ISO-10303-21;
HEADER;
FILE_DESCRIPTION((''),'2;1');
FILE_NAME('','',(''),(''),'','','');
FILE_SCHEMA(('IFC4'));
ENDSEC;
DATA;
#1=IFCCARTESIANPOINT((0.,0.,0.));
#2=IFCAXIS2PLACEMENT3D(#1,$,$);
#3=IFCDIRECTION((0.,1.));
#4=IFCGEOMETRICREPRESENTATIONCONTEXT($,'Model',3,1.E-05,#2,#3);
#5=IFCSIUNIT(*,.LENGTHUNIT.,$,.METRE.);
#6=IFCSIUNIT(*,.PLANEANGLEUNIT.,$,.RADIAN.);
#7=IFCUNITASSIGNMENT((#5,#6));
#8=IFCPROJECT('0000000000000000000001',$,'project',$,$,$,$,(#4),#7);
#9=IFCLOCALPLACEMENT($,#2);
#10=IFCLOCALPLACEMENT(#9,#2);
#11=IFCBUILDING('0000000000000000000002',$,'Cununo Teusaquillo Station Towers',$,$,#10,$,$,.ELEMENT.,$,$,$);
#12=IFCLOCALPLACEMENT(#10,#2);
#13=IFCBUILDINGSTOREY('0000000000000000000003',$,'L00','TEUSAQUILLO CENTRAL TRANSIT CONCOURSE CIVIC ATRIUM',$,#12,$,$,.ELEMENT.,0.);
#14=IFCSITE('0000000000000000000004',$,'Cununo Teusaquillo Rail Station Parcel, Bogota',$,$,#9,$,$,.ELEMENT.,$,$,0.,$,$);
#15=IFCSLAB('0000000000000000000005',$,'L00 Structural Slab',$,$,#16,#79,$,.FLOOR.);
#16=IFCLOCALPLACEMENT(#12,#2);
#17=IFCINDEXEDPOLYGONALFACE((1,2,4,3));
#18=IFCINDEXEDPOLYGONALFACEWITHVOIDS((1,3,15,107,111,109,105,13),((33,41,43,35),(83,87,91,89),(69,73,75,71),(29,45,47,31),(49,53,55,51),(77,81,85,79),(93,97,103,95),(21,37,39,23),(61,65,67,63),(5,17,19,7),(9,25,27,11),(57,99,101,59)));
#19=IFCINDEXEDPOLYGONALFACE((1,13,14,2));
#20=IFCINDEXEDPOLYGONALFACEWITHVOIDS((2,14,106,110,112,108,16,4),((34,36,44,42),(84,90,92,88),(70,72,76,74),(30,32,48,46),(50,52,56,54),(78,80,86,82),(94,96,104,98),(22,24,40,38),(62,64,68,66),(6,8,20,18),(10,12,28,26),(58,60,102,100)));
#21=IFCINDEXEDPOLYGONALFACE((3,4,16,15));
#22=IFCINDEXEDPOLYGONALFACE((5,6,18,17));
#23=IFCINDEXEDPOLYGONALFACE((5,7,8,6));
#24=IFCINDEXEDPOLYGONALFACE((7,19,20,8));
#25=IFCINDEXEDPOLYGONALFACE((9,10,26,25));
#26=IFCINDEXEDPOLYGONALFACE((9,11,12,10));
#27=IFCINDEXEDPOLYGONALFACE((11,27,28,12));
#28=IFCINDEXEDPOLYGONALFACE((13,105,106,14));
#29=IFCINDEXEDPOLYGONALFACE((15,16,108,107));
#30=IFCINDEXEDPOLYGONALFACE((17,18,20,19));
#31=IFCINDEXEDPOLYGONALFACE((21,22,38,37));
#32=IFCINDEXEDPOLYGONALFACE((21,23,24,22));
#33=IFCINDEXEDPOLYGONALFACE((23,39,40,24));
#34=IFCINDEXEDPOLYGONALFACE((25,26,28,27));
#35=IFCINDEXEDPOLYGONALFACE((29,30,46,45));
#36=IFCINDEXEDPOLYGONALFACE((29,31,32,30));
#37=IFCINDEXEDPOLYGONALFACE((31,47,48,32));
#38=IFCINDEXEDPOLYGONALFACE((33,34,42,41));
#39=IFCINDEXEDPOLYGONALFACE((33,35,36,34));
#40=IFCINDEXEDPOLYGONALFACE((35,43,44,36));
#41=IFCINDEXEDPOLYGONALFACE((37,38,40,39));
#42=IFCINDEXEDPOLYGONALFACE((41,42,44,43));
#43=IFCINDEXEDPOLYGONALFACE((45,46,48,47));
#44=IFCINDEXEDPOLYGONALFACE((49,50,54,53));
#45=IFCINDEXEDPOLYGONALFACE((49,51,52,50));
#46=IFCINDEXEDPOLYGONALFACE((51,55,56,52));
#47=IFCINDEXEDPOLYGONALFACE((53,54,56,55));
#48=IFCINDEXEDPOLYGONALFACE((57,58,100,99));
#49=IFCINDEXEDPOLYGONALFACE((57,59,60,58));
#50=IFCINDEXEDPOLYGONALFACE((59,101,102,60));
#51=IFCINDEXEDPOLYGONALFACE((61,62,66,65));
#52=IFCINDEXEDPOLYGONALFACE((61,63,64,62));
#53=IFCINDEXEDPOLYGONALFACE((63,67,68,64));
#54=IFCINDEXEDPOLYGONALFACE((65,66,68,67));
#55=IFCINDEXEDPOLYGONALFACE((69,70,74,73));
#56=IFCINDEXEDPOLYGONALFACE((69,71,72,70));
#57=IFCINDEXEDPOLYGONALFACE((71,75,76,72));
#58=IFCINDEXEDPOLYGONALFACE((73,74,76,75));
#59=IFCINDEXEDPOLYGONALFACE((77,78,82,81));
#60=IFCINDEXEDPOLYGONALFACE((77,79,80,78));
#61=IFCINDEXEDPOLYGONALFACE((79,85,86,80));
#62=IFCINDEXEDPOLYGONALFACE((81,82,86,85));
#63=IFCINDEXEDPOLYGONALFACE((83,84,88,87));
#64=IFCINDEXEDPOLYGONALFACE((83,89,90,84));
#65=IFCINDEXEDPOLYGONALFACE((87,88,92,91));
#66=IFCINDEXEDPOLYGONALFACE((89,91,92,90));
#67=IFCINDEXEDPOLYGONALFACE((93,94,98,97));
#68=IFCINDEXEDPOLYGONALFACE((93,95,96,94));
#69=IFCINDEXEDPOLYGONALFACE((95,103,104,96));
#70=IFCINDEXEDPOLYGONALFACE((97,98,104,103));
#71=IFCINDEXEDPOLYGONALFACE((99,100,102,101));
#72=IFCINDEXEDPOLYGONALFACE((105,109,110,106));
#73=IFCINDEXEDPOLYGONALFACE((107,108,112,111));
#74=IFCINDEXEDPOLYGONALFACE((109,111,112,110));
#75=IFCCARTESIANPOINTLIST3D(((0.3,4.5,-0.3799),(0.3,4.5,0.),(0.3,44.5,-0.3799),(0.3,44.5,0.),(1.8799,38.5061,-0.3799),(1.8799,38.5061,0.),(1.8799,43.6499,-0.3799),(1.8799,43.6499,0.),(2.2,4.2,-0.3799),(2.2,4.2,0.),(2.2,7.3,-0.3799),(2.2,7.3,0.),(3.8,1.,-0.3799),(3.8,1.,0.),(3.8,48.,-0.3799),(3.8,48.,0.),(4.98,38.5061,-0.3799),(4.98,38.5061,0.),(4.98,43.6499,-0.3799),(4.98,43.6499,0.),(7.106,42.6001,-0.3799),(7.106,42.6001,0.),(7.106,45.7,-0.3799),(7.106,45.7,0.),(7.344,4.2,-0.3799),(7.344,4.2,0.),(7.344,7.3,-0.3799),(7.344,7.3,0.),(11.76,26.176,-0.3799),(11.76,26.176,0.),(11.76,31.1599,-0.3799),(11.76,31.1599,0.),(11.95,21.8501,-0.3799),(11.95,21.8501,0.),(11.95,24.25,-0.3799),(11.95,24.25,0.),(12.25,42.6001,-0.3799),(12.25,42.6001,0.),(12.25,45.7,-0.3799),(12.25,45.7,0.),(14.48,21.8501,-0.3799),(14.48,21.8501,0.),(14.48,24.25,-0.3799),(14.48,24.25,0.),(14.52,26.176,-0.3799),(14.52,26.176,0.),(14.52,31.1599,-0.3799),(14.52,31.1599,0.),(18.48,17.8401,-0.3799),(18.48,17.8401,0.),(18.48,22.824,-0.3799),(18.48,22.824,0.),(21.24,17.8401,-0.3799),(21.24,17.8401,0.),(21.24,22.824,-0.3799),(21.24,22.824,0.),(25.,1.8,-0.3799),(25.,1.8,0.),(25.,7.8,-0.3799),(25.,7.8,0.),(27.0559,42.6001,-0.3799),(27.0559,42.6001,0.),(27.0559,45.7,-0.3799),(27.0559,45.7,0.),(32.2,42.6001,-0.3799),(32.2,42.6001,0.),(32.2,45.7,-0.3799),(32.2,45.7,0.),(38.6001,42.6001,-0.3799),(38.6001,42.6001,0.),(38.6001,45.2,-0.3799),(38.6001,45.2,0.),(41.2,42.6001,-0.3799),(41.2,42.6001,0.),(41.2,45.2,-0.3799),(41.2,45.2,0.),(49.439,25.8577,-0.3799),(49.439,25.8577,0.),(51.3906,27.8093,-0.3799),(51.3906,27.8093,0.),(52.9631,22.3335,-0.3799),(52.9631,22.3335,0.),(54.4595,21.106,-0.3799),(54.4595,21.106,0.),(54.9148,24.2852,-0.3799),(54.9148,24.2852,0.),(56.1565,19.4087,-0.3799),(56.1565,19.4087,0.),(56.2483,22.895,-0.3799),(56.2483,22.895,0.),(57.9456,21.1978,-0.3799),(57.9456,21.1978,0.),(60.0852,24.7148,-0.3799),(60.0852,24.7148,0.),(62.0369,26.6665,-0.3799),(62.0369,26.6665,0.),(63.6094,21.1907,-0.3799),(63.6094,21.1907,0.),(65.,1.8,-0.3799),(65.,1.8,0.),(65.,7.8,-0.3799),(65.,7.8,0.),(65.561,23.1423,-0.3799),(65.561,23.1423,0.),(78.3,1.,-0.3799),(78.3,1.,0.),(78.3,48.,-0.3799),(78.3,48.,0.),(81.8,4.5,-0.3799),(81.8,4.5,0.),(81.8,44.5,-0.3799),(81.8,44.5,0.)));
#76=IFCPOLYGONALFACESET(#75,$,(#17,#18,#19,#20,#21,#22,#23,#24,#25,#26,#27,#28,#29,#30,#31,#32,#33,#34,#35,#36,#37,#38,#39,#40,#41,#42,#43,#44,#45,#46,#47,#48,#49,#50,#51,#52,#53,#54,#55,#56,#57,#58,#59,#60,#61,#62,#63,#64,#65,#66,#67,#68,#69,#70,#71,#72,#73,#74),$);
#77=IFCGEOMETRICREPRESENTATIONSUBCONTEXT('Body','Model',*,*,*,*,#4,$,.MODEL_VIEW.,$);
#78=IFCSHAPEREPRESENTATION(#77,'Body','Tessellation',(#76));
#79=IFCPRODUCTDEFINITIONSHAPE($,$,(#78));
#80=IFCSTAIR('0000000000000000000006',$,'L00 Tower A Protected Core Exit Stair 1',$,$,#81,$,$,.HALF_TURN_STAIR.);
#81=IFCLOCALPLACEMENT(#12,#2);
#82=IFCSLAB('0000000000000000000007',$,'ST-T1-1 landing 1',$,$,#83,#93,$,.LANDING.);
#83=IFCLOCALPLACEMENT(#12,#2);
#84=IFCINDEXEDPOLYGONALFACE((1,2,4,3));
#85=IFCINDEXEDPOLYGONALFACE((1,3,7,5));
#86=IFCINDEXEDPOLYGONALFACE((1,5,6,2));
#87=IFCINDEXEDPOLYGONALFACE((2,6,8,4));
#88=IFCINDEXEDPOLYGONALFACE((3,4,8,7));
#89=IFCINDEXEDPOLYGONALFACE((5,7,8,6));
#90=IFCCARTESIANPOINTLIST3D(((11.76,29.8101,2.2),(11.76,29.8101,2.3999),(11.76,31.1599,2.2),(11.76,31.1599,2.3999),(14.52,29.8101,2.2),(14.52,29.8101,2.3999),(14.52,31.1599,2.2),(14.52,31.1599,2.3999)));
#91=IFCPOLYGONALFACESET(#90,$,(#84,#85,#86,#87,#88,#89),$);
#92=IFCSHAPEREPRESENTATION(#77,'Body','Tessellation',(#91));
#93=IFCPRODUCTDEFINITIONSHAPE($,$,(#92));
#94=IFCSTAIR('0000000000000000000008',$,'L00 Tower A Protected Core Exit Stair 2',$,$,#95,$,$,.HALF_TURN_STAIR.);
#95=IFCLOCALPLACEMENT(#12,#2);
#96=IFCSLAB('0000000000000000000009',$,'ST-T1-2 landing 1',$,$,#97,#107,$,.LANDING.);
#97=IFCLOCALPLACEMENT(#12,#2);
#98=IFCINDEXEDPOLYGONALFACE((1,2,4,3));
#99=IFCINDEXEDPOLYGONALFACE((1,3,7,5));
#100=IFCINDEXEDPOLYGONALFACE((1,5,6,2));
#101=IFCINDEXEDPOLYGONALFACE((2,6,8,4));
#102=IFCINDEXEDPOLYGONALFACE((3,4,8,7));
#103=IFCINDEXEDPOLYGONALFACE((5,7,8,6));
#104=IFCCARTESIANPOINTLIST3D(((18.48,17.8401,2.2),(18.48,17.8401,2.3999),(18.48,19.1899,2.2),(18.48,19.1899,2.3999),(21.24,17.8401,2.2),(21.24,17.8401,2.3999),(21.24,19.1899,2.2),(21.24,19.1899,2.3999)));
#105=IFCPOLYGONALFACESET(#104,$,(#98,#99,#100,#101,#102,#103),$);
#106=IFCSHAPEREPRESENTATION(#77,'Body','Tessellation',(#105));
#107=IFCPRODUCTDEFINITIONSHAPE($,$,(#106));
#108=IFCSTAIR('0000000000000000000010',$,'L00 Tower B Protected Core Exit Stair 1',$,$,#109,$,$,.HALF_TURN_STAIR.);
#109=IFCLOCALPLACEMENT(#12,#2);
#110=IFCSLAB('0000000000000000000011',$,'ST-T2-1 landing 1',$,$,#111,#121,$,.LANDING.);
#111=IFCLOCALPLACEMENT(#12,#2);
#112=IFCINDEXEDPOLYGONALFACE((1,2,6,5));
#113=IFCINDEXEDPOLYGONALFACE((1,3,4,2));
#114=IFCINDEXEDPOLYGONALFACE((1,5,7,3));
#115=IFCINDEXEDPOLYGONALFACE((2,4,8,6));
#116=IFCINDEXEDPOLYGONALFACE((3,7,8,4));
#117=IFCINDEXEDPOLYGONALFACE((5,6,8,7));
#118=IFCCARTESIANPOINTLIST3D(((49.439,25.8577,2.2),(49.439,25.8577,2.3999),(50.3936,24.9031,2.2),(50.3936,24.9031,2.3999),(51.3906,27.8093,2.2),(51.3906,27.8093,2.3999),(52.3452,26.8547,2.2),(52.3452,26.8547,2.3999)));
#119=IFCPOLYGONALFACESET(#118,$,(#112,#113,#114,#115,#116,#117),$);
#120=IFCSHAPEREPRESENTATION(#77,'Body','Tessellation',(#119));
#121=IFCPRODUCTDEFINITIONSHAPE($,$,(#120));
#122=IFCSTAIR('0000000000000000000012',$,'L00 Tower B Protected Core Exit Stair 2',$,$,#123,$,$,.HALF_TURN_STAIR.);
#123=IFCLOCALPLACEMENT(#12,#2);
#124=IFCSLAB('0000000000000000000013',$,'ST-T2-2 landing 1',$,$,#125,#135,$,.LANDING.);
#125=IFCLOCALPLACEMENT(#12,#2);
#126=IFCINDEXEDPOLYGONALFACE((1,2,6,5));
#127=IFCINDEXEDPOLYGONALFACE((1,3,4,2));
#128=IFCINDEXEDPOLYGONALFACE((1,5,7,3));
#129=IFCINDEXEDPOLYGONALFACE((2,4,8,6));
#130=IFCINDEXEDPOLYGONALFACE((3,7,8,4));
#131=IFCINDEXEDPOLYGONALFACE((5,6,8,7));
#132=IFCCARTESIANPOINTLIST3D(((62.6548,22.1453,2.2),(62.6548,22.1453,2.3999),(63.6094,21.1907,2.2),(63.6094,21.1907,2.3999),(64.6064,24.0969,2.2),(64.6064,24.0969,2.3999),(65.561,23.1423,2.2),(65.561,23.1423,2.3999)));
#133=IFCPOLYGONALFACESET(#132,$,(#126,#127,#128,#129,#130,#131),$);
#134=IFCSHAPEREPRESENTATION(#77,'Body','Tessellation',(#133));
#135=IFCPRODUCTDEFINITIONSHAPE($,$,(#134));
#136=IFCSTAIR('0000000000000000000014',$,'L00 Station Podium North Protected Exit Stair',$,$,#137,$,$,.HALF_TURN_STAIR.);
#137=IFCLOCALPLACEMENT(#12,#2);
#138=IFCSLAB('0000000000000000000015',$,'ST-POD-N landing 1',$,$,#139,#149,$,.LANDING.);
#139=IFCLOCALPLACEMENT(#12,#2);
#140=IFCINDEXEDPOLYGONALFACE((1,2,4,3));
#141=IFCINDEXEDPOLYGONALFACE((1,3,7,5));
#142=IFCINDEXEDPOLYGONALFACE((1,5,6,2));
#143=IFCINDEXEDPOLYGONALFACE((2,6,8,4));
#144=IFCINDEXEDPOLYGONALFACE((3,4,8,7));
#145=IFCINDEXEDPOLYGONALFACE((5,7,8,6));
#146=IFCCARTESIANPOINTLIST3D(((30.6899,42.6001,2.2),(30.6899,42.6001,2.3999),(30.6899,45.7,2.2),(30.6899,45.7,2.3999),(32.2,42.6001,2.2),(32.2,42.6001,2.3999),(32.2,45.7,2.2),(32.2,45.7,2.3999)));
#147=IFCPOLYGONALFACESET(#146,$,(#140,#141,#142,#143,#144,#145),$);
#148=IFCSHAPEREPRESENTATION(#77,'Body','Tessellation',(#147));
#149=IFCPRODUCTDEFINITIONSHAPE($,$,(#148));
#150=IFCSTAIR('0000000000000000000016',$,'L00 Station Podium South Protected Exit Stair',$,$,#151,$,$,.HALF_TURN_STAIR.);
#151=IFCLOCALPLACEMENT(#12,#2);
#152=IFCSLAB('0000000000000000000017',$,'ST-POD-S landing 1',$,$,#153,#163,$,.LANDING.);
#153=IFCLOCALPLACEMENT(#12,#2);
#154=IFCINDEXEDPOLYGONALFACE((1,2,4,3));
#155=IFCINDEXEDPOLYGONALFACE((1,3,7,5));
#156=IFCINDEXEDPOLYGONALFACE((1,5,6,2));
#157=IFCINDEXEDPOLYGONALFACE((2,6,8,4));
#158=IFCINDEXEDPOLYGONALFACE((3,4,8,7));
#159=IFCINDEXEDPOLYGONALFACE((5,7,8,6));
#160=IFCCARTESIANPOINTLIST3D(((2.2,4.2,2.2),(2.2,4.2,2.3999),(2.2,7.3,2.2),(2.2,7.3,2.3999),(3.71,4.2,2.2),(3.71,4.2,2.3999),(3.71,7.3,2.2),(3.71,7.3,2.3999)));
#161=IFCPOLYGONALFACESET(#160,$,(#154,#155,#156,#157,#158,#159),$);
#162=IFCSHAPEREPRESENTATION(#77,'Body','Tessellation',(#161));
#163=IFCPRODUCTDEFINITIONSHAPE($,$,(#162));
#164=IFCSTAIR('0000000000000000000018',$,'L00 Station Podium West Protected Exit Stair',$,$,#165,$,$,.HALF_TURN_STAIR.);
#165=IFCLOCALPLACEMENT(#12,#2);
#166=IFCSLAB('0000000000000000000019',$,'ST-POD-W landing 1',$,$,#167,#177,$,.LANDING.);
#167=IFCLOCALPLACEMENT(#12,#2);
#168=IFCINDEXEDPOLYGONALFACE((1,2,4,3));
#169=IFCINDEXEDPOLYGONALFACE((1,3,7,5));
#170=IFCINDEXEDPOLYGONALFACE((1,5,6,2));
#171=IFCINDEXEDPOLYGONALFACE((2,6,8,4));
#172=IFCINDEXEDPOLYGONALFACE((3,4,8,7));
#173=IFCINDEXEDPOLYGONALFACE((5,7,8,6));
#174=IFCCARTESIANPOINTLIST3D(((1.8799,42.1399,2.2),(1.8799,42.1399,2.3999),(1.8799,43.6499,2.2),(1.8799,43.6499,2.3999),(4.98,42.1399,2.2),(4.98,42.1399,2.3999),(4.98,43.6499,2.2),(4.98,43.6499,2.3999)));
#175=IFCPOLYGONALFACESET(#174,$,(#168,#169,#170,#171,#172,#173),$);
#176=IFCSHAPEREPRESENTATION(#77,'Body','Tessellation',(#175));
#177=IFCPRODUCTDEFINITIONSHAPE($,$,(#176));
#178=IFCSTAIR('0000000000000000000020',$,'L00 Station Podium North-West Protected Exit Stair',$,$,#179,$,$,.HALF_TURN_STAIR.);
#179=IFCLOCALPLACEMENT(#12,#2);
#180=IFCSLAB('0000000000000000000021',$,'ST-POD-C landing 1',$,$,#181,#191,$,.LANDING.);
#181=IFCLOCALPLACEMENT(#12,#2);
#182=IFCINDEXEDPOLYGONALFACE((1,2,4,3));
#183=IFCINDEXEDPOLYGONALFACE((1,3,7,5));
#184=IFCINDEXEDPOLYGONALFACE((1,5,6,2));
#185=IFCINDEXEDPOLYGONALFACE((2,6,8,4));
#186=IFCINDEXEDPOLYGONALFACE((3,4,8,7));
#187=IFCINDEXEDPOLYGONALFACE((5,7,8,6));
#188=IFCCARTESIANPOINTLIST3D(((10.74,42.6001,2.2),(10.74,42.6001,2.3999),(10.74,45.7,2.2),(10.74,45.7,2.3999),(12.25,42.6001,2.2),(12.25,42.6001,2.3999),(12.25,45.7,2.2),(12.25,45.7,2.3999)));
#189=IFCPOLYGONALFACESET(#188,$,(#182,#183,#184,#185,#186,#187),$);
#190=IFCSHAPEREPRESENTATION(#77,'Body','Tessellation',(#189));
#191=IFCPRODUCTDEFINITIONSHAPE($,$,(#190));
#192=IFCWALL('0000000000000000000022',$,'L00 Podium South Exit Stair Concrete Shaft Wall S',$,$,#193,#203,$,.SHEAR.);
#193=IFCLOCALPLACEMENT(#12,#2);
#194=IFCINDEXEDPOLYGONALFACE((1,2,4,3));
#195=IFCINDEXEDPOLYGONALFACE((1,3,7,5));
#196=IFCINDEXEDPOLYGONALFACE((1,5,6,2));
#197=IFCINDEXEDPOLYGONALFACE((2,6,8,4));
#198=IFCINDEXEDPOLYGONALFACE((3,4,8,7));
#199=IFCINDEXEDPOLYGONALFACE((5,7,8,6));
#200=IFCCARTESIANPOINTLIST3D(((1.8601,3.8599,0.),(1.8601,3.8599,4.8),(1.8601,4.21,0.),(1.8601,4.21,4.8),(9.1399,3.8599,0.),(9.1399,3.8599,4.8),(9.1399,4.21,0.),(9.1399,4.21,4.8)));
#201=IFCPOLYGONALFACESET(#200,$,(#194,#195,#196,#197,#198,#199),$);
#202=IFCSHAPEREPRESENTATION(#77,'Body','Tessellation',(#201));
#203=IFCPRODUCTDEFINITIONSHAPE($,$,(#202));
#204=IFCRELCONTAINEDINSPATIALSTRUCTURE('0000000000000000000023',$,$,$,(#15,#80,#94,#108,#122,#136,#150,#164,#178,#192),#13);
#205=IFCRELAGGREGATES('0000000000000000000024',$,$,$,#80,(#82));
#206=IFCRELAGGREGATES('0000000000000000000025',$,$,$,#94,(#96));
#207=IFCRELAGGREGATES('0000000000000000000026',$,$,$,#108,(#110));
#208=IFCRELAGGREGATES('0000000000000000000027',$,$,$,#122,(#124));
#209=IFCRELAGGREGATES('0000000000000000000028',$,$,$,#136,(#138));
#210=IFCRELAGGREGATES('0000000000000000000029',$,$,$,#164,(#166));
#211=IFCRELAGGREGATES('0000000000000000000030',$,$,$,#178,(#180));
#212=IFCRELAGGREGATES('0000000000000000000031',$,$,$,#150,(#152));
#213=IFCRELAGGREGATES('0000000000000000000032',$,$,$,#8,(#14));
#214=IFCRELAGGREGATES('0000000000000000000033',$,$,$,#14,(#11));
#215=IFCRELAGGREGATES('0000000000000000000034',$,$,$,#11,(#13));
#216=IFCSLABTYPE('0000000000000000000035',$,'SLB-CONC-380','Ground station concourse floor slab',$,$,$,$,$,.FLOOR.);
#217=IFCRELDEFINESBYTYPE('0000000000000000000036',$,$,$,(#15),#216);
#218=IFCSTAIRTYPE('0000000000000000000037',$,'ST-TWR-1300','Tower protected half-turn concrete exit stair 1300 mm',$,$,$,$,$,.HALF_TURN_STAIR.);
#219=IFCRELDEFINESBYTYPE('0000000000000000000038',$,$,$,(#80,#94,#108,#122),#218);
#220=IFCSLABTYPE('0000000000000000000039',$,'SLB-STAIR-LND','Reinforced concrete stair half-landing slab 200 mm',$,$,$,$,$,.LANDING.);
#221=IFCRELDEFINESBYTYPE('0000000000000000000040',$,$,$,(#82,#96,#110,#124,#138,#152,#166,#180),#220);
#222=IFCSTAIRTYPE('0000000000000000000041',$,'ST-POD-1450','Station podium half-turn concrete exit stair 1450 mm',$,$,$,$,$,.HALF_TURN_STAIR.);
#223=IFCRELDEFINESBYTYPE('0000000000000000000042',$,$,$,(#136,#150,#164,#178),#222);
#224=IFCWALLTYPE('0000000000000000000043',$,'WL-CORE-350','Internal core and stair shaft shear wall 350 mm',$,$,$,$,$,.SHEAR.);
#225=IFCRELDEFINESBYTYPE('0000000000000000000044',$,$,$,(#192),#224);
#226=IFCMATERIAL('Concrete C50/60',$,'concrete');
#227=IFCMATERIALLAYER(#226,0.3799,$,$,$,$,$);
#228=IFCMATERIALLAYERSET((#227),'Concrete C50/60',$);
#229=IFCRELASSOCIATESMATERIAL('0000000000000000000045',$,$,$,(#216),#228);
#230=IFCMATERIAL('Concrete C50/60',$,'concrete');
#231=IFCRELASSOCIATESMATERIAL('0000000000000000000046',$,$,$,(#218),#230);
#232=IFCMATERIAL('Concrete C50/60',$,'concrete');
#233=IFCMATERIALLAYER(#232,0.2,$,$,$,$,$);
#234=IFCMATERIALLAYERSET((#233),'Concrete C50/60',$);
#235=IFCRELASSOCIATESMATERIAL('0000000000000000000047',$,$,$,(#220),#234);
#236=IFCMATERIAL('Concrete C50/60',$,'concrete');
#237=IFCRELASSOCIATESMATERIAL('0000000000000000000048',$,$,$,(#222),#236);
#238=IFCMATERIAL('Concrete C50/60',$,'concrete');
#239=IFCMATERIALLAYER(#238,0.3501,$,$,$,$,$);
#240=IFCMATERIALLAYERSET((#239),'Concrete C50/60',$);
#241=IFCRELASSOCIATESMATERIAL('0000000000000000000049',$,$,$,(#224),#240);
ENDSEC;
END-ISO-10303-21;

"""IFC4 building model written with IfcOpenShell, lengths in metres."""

from ifc_helpers import new_model, si_unit, direction, frame, frame_2d, origin, place, context, subcontext, project, spatial, polyline, rectangle, outline, extrude, material, layer, layer_set, type_object, element, aggregate, save


model = new_model("IFC4")

# Units and contexts
model_context = context("Model", 3, precision=1e-05, world=origin(), true_north=direction((0.0, 1.0)))
body_context = subcontext(model_context, "Body", "Model", "MODEL_VIEW")
ifc_project = project(units=[si_unit("LENGTHUNIT", "METRE"), si_unit("PLANEANGLEUNIT", "RADIAN")], contexts=[model_context])

# Site, building, storey
site_placement = place(None, origin())
site = spatial("IfcSite", under=ifc_project, at=site_placement, Name="Cununo Teusaquillo Rail Station Parcel, Bogota", CompositionType="ELEMENT", RefElevation=0.0)
building_placement = place(site_placement, origin())
building = spatial("IfcBuilding", under=site, at=building_placement, Name="Cununo Teusaquillo Station Towers", CompositionType="ELEMENT")
storey_placement = place(building_placement, origin())
storey = spatial("IfcBuildingStorey", under=building, at=storey_placement, Name="L00", Description="TEUSAQUILLO CENTRAL TRANSIT CONCOURSE CIVIC ATRIUM", CompositionType="ELEMENT", Elevation=0.0)

# Slab
ifc_material_1 = material(Name="Concrete C50/60", Category="concrete")
ifc_layer_1 = layer(ifc_material_1, 0.3799)
ifc_layer_set_1 = layer_set([ifc_layer_1], Name="Concrete C50/60")
slab_type_1 = type_object("IfcSlabType", Name="SLB-CONC-380", Description="Ground station concourse floor slab", PredefinedType="FLOOR", material=ifc_layer_set_1)
slab_1_placement = place(storey_placement, frame((0.0, 0.0, -0.3799)))
element("IfcSlab", 1, at=slab_1_placement, inside=storey, type_object=slab_type_1, Name="L00 Structural Slab", PredefinedType="FLOOR", context=body_context, shape_type="SweptSolid", body=[
    extrude(outline(polyline([(3.8, 1.0), (78.3, 1.0), (81.8, 4.5), (81.8, 44.5), (78.3, 48.0), (3.8, 48.0), (0.3, 44.5), (0.3, 4.5), (3.8, 1.0)]), holes=[polyline([(14.52, 26.176), (14.52, 31.1599), (11.76, 31.1599), (11.76, 26.176), (14.52, 26.176)]), polyline([(18.48, 22.824), (18.48, 17.8401), (21.24, 17.8401), (21.24, 22.824), (18.48, 22.824)]), polyline([(54.9148, 24.2852), (51.3906, 27.8093), (49.439, 25.8577), (52.9631, 22.3335), (54.9148, 24.2852)]), polyline([(60.0852, 24.7148), (63.6094, 21.1907), (65.561, 23.1423), (62.0369, 26.6665), (60.0852, 24.7148)]), polyline([(27.0559, 42.6001), (32.2, 42.6001), (32.2, 45.7), (27.0559, 45.7), (27.0559, 42.6001)]), polyline([(7.344, 7.3), (2.2, 7.3), (2.2, 4.2), (7.344, 4.2), (7.344, 7.3)]), polyline([(4.98, 38.5061), (4.98, 43.6499), (1.8799, 43.6499), (1.8799, 38.5061), (4.98, 38.5061)]), polyline([(7.106, 42.6001), (12.25, 42.6001), (12.25, 45.7), (7.106, 45.7), (7.106, 42.6001)]), polyline([(11.95, 21.8501), (14.48, 21.8501), (14.48, 24.25), (11.95, 24.25), (11.95, 21.8501)]), polyline([(56.1565, 19.4087), (57.9456, 21.1978), (56.2483, 22.895), (54.4595, 21.106), (56.1565, 19.4087)]), polyline([(38.6001, 42.6001), (41.2, 42.6001), (41.2, 45.2), (38.6001, 45.2), (38.6001, 42.6001)]), polyline([(25.0, 1.8), (65.0, 1.8), (65.0, 7.8), (25.0, 7.8), (25.0, 1.8)])]), origin(), (0.0, 0.0, 1.0), 0.3799),
])

# Stairs, slabs
ifc_material_2 = material(Name="Concrete C50/60", Category="concrete")
stair_type_1 = type_object("IfcStairType", Name="ST-TWR-1300", Description="Tower protected half-turn concrete exit stair 1300 mm", PredefinedType="HALF_TURN_STAIR", material=ifc_material_2)
stair_1_placement = place(storey_placement, origin())
stair_1 = element("IfcStair", 2, at=stair_1_placement, inside=storey, type_object=stair_type_1, Name="L00 Tower A Protected Core Exit Stair 1", PredefinedType="HALF_TURN_STAIR")
ifc_material_3 = material(Name="Concrete C50/60", Category="concrete")
ifc_layer_2 = layer(ifc_material_3, 0.2)
ifc_layer_set_2 = layer_set([ifc_layer_2], Name="Concrete C50/60")
slab_type_2 = type_object("IfcSlabType", Name="SLB-STAIR-LND", Description="Reinforced concrete stair half-landing slab 200 mm", PredefinedType="LANDING", material=ifc_layer_set_2)
slab_2_placement = place(storey_placement, frame((0.0, 0.0, 2.2)))
slab_2 = element("IfcSlab", 3, at=slab_2_placement, type_object=slab_type_2, Name="ST-T1-1 landing 1", PredefinedType="LANDING", context=body_context, shape_type="SweptSolid", body=[
    extrude(outline(polyline([(14.52, 29.8101), (14.52, 31.1599), (11.76, 31.1599), (11.76, 29.8101), (14.52, 29.8101)])), origin(), (0.0, 0.0, 1.0), 0.2),
])
aggregate(stair_1, [slab_2])
stair_2_placement = place(storey_placement, origin())
stair_2 = element("IfcStair", 4, at=stair_2_placement, inside=storey, type_object=stair_type_1, Name="L00 Tower A Protected Core Exit Stair 2", PredefinedType="HALF_TURN_STAIR")
slab_3_placement = place(storey_placement, frame((0.0, 0.0, 2.2)))
slab_3 = element("IfcSlab", 5, at=slab_3_placement, type_object=slab_type_2, Name="ST-T1-2 landing 1", PredefinedType="LANDING", context=body_context, shape_type="SweptSolid", body=[
    extrude(outline(polyline([(18.48, 19.1899), (18.48, 17.8401), (21.24, 17.8401), (21.24, 19.1899), (18.48, 19.1899)])), origin(), (0.0, 0.0, 1.0), 0.2),
])
aggregate(stair_2, [slab_3])
stair_3_placement = place(storey_placement, origin())
stair_3 = element("IfcStair", 6, at=stair_3_placement, inside=storey, type_object=stair_type_1, Name="L00 Tower B Protected Core Exit Stair 1", PredefinedType="HALF_TURN_STAIR")
slab_4_placement = place(storey_placement, frame((0.0, 0.0, 2.2)))
slab_4 = element("IfcSlab", 7, at=slab_4_placement, type_object=slab_type_2, Name="ST-T2-1 landing 1", PredefinedType="LANDING", context=body_context, shape_type="SweptSolid", body=[
    extrude(outline(polyline([(52.3452, 26.8547), (51.3906, 27.8093), (49.439, 25.8577), (50.3936, 24.9031), (52.3452, 26.8547)])), origin(), (0.0, 0.0, 1.0), 0.2),
])
aggregate(stair_3, [slab_4])
stair_4_placement = place(storey_placement, origin())
stair_4 = element("IfcStair", 8, at=stair_4_placement, inside=storey, type_object=stair_type_1, Name="L00 Tower B Protected Core Exit Stair 2", PredefinedType="HALF_TURN_STAIR")
slab_5_placement = place(storey_placement, frame((0.0, 0.0, 2.2)))
slab_5 = element("IfcSlab", 9, at=slab_5_placement, type_object=slab_type_2, Name="ST-T2-2 landing 1", PredefinedType="LANDING", context=body_context, shape_type="SweptSolid", body=[
    extrude(outline(polyline([(62.6548, 22.1453), (63.6094, 21.1907), (65.561, 23.1423), (64.6064, 24.0969), (62.6548, 22.1453)])), origin(), (0.0, 0.0, 1.0), 0.2),
])
aggregate(stair_4, [slab_5])
ifc_material_4 = material(Name="Concrete C50/60", Category="concrete")
stair_type_2 = type_object("IfcStairType", Name="ST-POD-1450", Description="Station podium half-turn concrete exit stair 1450 mm", PredefinedType="HALF_TURN_STAIR", material=ifc_material_4)
stair_5_placement = place(storey_placement, origin())
stair_5 = element("IfcStair", 10, at=stair_5_placement, inside=storey, type_object=stair_type_2, Name="L00 Station Podium North Protected Exit Stair", PredefinedType="HALF_TURN_STAIR")
slab_6_placement = place(storey_placement, frame((0.0, 0.0, 2.2)))
slab_6 = element("IfcSlab", 11, at=slab_6_placement, type_object=slab_type_2, Name="ST-POD-N landing 1", PredefinedType="LANDING", context=body_context, shape_type="SweptSolid", body=[
    extrude(outline(polyline([(30.6899, 42.6001), (32.2, 42.6001), (32.2, 45.7), (30.6899, 45.7), (30.6899, 42.6001)])), origin(), (0.0, 0.0, 1.0), 0.2),
])
aggregate(stair_5, [slab_6])
stair_6_placement = place(storey_placement, origin())
stair_6 = element("IfcStair", 12, at=stair_6_placement, inside=storey, type_object=stair_type_2, Name="L00 Station Podium South Protected Exit Stair", PredefinedType="HALF_TURN_STAIR")
slab_7_placement = place(storey_placement, frame((0.0, 0.0, 2.2)))
slab_7 = element("IfcSlab", 13, at=slab_7_placement, type_object=slab_type_2, Name="ST-POD-S landing 1", PredefinedType="LANDING", context=body_context, shape_type="SweptSolid", body=[
    extrude(outline(polyline([(3.71, 7.3), (2.2, 7.3), (2.2, 4.2), (3.71, 4.2), (3.71, 7.3)])), origin(), (0.0, 0.0, 1.0), 0.2),
])
stair_7_placement = place(storey_placement, origin())
stair_7 = element("IfcStair", 14, at=stair_7_placement, inside=storey, type_object=stair_type_2, Name="L00 Station Podium West Protected Exit Stair", PredefinedType="HALF_TURN_STAIR")
slab_8_placement = place(storey_placement, frame((0.0, 0.0, 2.2)))
slab_8 = element("IfcSlab", 15, at=slab_8_placement, type_object=slab_type_2, Name="ST-POD-W landing 1", PredefinedType="LANDING", context=body_context, shape_type="SweptSolid", body=[
    extrude(outline(polyline([(4.98, 42.1399), (4.98, 43.6499), (1.8799, 43.6499), (1.8799, 42.1399), (4.98, 42.1399)])), origin(), (0.0, 0.0, 1.0), 0.2),
])
aggregate(stair_7, [slab_8])
stair_8_placement = place(storey_placement, origin())
stair_8 = element("IfcStair", 16, at=stair_8_placement, inside=storey, type_object=stair_type_2, Name="L00 Station Podium North-West Protected Exit Stair", PredefinedType="HALF_TURN_STAIR")
slab_9_placement = place(storey_placement, frame((0.0, 0.0, 2.2)))
slab_9 = element("IfcSlab", 17, at=slab_9_placement, type_object=slab_type_2, Name="ST-POD-C landing 1", PredefinedType="LANDING", context=body_context, shape_type="SweptSolid", body=[
    extrude(outline(polyline([(10.74, 42.6001), (12.25, 42.6001), (12.25, 45.7), (10.74, 45.7), (10.74, 42.6001)])), origin(), (0.0, 0.0, 1.0), 0.2),
])
aggregate(stair_8, [slab_9])

# Wall
ifc_material_5 = material(Name="Concrete C50/60", Category="concrete")
ifc_layer_3 = layer(ifc_material_5, 0.3501)
ifc_layer_set_3 = layer_set([ifc_layer_3], Name="Concrete C50/60")
wall_type_1 = type_object("IfcWallType", Name="WL-CORE-350", Description="Internal core and stair shaft shear wall 350 mm", PredefinedType="SHEAR", material=ifc_layer_set_3)
wall_1_placement = place(storey_placement, frame((1.8601, 4.0349, 0.0), z_axis=(0.0, 0.0, 1.0), x_axis=(1.0, 0.0, 0.0)))
element("IfcWall", 18, at=wall_1_placement, inside=storey, type_object=wall_type_1, Name="L00 Podium South Exit Stair Concrete Shaft Wall S", PredefinedType="SHEAR", context=body_context, shape_type="SweptSolid", body=[
    extrude(rectangle(XDim=7.2798, YDim=0.3501, at=frame_2d((3.6399, 0.0))), origin(), (0.0, 0.0, 1.0), 4.8),
])

aggregate(stair_6, [slab_7])

save(model, "model.ifc")
